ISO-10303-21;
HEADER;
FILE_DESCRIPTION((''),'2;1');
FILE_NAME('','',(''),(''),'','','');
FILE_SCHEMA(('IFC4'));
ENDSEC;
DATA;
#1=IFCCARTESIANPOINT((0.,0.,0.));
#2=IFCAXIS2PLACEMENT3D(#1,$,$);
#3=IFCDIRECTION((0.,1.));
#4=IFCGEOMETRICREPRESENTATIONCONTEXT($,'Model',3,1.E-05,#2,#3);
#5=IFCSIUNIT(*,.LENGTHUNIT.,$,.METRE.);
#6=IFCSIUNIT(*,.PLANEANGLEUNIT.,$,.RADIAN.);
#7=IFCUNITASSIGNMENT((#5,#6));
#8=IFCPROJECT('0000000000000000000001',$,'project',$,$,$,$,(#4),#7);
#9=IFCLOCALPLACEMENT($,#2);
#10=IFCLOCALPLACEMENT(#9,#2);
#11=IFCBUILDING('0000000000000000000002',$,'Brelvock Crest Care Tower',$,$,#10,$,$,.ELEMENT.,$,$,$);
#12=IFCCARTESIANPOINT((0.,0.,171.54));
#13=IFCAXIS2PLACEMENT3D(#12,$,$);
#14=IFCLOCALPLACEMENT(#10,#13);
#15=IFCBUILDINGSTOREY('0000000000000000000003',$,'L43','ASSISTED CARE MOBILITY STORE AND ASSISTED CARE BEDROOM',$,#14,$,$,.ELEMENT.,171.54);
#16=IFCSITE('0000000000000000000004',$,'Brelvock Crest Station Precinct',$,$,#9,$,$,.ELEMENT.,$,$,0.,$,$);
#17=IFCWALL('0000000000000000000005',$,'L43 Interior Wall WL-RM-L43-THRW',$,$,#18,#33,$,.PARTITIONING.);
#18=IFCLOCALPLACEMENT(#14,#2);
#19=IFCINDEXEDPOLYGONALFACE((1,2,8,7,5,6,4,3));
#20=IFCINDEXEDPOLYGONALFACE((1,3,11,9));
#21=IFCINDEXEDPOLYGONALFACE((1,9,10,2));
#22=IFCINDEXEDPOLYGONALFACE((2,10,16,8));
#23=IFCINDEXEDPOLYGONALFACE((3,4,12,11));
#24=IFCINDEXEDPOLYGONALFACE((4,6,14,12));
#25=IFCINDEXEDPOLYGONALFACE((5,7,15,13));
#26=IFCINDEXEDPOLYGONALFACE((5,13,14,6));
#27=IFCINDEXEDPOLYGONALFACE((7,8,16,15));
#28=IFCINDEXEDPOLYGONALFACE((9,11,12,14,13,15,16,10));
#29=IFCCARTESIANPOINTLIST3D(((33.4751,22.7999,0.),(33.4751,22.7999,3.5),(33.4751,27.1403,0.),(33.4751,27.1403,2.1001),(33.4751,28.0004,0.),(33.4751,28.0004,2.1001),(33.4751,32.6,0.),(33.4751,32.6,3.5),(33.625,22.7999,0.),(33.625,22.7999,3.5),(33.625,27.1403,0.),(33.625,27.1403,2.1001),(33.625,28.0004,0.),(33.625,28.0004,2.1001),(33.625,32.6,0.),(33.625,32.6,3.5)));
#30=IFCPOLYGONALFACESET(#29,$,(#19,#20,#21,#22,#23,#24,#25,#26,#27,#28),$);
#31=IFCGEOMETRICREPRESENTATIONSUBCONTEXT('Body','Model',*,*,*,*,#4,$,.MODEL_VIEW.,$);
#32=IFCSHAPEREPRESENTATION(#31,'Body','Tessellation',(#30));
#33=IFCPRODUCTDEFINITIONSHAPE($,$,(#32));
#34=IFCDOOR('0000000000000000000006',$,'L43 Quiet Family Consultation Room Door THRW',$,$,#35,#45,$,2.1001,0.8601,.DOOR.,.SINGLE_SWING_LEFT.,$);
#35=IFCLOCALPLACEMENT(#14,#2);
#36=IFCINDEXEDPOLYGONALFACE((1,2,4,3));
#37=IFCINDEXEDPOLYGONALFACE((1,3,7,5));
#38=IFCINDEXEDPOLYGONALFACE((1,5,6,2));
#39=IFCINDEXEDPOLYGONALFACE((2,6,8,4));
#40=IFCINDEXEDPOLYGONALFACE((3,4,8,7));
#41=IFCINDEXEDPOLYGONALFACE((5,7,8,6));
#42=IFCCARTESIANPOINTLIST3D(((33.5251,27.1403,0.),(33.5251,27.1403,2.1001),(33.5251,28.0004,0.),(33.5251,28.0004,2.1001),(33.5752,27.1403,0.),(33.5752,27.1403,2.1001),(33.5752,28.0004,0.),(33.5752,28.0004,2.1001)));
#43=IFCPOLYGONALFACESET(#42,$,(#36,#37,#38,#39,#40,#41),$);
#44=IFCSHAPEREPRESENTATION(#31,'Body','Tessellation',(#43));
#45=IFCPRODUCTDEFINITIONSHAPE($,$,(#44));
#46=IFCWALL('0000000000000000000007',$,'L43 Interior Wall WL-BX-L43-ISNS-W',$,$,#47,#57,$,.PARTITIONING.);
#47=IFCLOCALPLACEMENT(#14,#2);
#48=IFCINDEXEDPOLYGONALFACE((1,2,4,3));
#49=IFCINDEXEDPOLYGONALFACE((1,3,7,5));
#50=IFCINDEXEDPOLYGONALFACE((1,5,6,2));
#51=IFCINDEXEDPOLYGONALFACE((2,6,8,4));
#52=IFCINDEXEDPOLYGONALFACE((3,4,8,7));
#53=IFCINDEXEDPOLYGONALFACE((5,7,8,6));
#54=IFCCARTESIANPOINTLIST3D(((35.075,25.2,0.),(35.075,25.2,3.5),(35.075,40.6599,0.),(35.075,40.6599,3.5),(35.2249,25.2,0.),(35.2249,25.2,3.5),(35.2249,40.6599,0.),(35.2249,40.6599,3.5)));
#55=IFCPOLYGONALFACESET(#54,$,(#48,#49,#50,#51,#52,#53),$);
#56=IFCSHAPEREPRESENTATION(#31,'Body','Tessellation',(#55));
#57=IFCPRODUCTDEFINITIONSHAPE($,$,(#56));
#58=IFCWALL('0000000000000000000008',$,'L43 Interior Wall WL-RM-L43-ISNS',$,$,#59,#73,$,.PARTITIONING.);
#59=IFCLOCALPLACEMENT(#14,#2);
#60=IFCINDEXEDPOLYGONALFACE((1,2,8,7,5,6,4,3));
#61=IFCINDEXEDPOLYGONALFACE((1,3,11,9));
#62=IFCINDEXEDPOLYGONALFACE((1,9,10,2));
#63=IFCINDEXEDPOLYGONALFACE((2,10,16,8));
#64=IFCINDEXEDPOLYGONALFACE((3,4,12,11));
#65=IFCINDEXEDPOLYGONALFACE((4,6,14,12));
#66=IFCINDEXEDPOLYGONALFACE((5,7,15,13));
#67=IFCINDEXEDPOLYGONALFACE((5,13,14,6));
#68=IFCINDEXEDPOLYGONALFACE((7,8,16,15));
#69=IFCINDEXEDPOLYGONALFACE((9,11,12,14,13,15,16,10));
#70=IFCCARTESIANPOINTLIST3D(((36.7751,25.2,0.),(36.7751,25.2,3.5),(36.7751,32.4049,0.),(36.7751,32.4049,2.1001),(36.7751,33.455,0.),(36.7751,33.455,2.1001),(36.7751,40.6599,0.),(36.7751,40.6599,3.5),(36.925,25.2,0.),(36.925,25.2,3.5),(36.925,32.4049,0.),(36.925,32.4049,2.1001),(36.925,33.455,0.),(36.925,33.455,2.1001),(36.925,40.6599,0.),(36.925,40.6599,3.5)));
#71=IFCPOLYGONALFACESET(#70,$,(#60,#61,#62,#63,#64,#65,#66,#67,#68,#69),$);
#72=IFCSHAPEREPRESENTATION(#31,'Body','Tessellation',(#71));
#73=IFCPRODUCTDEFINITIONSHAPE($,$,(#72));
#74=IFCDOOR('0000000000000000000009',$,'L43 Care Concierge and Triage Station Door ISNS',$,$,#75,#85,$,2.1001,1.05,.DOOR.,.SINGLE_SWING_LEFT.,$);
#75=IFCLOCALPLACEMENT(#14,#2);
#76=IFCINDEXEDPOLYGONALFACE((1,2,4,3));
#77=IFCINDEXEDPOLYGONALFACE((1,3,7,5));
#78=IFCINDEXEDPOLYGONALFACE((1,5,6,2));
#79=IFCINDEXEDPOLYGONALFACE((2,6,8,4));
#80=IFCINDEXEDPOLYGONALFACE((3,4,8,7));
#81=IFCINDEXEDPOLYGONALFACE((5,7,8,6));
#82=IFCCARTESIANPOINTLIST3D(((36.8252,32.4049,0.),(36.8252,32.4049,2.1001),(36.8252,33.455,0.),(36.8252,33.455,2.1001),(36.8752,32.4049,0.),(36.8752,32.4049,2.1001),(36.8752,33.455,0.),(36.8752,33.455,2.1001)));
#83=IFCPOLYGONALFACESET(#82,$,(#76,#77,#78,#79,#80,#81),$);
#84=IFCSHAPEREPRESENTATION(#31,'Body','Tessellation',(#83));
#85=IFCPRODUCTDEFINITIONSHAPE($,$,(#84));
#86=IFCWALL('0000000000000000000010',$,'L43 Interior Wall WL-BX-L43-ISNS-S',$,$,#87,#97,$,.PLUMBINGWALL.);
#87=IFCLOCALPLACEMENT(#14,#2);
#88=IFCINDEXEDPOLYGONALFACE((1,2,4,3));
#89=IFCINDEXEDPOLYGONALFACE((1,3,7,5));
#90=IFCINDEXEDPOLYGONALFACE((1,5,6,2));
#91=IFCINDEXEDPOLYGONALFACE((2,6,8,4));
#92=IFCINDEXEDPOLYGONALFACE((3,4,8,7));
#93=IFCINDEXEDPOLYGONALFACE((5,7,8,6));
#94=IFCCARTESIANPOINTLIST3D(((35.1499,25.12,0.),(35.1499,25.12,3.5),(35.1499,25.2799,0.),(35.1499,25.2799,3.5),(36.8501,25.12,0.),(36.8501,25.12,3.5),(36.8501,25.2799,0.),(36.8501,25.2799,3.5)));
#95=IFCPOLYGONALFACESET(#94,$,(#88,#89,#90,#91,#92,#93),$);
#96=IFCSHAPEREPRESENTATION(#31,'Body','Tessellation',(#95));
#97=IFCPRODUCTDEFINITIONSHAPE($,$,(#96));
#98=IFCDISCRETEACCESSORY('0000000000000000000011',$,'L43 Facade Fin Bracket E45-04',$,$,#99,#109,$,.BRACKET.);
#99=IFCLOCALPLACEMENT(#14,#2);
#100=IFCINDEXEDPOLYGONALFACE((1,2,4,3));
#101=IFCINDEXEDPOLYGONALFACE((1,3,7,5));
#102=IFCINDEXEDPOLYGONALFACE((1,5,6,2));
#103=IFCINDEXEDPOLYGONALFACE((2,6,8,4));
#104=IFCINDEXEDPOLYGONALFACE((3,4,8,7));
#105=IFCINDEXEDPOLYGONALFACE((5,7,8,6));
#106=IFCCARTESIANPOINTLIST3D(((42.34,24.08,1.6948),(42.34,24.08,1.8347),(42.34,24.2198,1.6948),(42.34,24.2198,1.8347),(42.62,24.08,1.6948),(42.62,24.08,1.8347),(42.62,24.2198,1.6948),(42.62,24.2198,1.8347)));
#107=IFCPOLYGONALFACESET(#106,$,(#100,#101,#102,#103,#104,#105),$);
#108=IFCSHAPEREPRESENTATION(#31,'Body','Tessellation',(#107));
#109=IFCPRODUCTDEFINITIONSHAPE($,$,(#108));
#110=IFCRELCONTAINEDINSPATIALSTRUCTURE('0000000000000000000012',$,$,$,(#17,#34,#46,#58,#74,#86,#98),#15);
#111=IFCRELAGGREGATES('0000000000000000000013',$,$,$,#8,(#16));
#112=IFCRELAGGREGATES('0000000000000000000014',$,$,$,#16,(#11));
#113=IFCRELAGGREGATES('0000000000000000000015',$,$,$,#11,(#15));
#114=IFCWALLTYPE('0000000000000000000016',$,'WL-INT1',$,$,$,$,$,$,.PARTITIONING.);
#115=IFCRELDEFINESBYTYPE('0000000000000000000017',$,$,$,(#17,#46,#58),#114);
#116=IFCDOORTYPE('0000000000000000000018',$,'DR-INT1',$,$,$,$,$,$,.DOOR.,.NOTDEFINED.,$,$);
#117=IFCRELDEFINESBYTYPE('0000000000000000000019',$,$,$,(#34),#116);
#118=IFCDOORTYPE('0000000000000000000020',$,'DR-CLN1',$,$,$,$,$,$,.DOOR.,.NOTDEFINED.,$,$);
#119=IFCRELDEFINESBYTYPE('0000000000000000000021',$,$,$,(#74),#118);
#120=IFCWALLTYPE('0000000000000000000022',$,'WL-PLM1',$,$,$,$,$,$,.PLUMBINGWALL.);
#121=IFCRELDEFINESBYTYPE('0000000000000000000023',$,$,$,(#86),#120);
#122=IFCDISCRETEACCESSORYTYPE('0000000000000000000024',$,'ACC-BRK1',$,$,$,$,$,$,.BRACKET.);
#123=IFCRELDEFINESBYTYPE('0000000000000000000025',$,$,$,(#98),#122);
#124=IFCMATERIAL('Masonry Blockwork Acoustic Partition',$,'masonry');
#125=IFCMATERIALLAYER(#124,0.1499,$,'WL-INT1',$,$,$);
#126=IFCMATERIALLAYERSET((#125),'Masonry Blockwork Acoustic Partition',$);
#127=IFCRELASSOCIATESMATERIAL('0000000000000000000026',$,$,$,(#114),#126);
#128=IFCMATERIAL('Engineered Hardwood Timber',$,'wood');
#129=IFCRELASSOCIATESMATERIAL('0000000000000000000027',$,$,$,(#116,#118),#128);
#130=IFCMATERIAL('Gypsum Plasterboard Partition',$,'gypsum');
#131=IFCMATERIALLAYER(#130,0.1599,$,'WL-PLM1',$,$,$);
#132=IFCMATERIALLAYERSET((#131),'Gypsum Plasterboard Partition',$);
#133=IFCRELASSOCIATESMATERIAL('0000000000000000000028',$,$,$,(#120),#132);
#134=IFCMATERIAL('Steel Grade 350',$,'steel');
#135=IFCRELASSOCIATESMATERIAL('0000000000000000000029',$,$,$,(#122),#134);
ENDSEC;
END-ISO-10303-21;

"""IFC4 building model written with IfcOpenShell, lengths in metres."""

from ifc_helpers import new_model, si_unit, direction, frame, frame_2d, origin, origin_2d, place, context, subcontext, project, spatial, rectangle, extrude, source, transform, mapped, material, layer, layer_set, type_object, element, fill, save


model = new_model("IFC4")

# Units and contexts
model_context = context("Model", 3, precision=1e-05, world=origin(), true_north=direction((0.0, 1.0)))
body_context = subcontext(model_context, "Body", "Model", "MODEL_VIEW")
ifc_project = project(units=[si_unit("LENGTHUNIT", "METRE"), si_unit("PLANEANGLEUNIT", "RADIAN")], contexts=[model_context])

# Site, building, storey
site_placement = place(None, origin())
site = spatial("IfcSite", under=ifc_project, at=site_placement, Name="Brelvock Crest Station Precinct", CompositionType="ELEMENT", RefElevation=0.0)
building_placement = place(site_placement, origin())
building = spatial("IfcBuilding", under=site, at=building_placement, Name="Brelvock Crest Care Tower", CompositionType="ELEMENT")
storey_placement = place(building_placement, frame((0.0, 0.0, 171.54)))
storey = spatial("IfcBuildingStorey", under=building, at=storey_placement, Name="L43", Description="ASSISTED CARE MOBILITY STORE AND ASSISTED CARE BEDROOM", CompositionType="ELEMENT", Elevation=171.54)

# Wall, opening, door
ifc_material_1 = material(Name="Masonry Blockwork Acoustic Partition", Category="masonry")
ifc_layer_1 = layer(ifc_material_1, 0.1499, Name="WL-INT1")
ifc_layer_set_1 = layer_set([ifc_layer_1], Name="Masonry Blockwork Acoustic Partition")
wall_type_1 = type_object("IfcWallType", Name="WL-INT1", PredefinedType="PARTITIONING", material=ifc_layer_set_1)
wall_1_placement = place(storey_placement, frame((33.55, 22.8, 0.0), z_axis=(0.0, 0.0, 1.0), x_axis=(0.0, 1.0, 0.0)))
wall_1 = element("IfcWall", 1, at=wall_1_placement, inside=storey, type_object=wall_type_1, Name="L43 Interior Wall WL-RM-L43-THRW", PredefinedType="PARTITIONING", context=body_context, shape_type="SweptSolid", body=[
    extrude(rectangle(XDim=9.8, YDim=0.1499, at=frame_2d((4.8999, 0.0))), origin(), (0.0, 0.0, 1.0), 3.5),
])
opening_1_placement = place(wall_1_placement, frame((4.3401, 0.0, 0.0)))
opening_1 = element("IfcOpeningElement", 2, at=opening_1_placement, cuts=wall_1, PredefinedType="OPENING", context=body_context, shape_type="SweptSolid", body=[
    extrude(rectangle(XDim=0.8601, YDim=2.1001, at=origin_2d()), frame((0.4302, 0.085, 1.05), z_axis=(0.0, -1.0, 0.0), x_axis=(1.0, 0.0, 0.0)), (0.0, 0.0, 1.0), 0.1699),
])
ifc_material_2 = material(Name="Engineered Hardwood Timber", Category="wood")
door_type_1 = type_object("IfcDoorType", Name="DR-INT1", OperationType="NOTDEFINED", PredefinedType="DOOR", material=ifc_material_2)
shared_shape_1 = source(origin(), body_context, "Body", "SweptSolid", [
    extrude(rectangle(XDim=0.8601, YDim=2.1001, at=origin_2d()), frame((0.4302, 0.0249, 1.05), z_axis=(0.0, -1.0, 0.0), x_axis=(1.0, 0.0, 0.0)), (0.0, 0.0, 1.0), 0.05),
])
door_1_placement = place(opening_1_placement, origin())
door_1 = element("IfcDoor", 3, at=door_1_placement, inside=storey, type_object=door_type_1, Name="L43 Quiet Family Consultation Room Door THRW", OperationType="SINGLE_SWING_LEFT", OverallHeight=2.1001, OverallWidth=0.8601, PredefinedType="DOOR", context=body_context, shape_type="MappedRepresentation", body=[
    mapped(shared_shape_1, transform((0.0, 0.0, 0.0), x_axis=(1.0, 0.0, 0.0), y_axis=(0.0, 1.0, 0.0), z_axis=(0.0, 0.0, 1.0), scale=1.0)),
])
fill(opening_1, door_1)

# Wall
wall_2_placement = place(storey_placement, frame((35.1499, 25.2, 0.0), z_axis=(0.0, 0.0, 1.0), x_axis=(0.0, 1.0, 0.0)))
element("IfcWall", 4, at=wall_2_placement, inside=storey, type_object=wall_type_1, Name="L43 Interior Wall WL-BX-L43-ISNS-W", PredefinedType="PARTITIONING", context=body_context, shape_type="SweptSolid", body=[
    extrude(rectangle(XDim=15.46, YDim=0.1499, at=frame_2d((7.73, 0.0))), origin(), (0.0, 0.0, 1.0), 3.5),
])

# Wall, opening, door
wall_3_placement = place(storey_placement, frame((36.8501, 25.2, 0.0), z_axis=(0.0, 0.0, 1.0), x_axis=(0.0, 1.0, 0.0)))
wall_3 = element("IfcWall", 5, at=wall_3_placement, inside=storey, type_object=wall_type_1, Name="L43 Interior Wall WL-RM-L43-ISNS", PredefinedType="PARTITIONING", context=body_context, shape_type="SweptSolid", body=[
    extrude(rectangle(XDim=15.46, YDim=0.1499, at=frame_2d((7.73, 0.0))), origin(), (0.0, 0.0, 1.0), 3.5),
])
opening_2_placement = place(wall_3_placement, frame((7.2051, 0.0, 0.0)))
opening_2 = element("IfcOpeningElement", 6, at=opening_2_placement, cuts=wall_3, PredefinedType="OPENING", context=body_context, shape_type="SweptSolid", body=[
    extrude(rectangle(XDim=1.05, YDim=2.1001, at=origin_2d()), frame((0.5249, 0.085, 1.05), z_axis=(0.0, -1.0, 0.0), x_axis=(1.0, 0.0, 0.0)), (0.0, 0.0, 1.0), 0.1699),
])
door_type_2 = type_object("IfcDoorType", Name="DR-CLN1", OperationType="NOTDEFINED", PredefinedType="DOOR", material=ifc_material_2)
shared_shape_2 = source(origin(), body_context, "Body", "SweptSolid", [
    extrude(rectangle(XDim=1.05, YDim=2.1001, at=origin_2d()), frame((0.5249, 0.0249, 1.05), z_axis=(0.0, -1.0, 0.0), x_axis=(1.0, 0.0, 0.0)), (0.0, 0.0, 1.0), 0.05),
])
door_2_placement = place(opening_2_placement, origin())
door_2 = element("IfcDoor", 7, at=door_2_placement, inside=storey, type_object=door_type_2, Name="L43 Care Concierge and Triage Station Door ISNS", OperationType="SINGLE_SWING_LEFT", OverallHeight=2.1001, OverallWidth=1.05, PredefinedType="DOOR", context=body_context, shape_type="MappedRepresentation", body=[
    mapped(shared_shape_2, transform((0.0, 0.0, 0.0), x_axis=(1.0, 0.0, 0.0), y_axis=(0.0, 1.0, 0.0), z_axis=(0.0, 0.0, 1.0), scale=1.0)),
])
fill(opening_2, door_2)

# Wall
ifc_material_3 = material(Name="Gypsum Plasterboard Partition", Category="gypsum")
ifc_layer_2 = layer(ifc_material_3, 0.1599, Name="WL-PLM1")
ifc_layer_set_2 = layer_set([ifc_layer_2], Name="Gypsum Plasterboard Partition")
wall_type_2 = type_object("IfcWallType", Name="WL-PLM1", PredefinedType="PLUMBINGWALL", material=ifc_layer_set_2)
wall_4_placement = place(storey_placement, frame((35.1499, 25.2, 0.0), z_axis=(0.0, 0.0, 1.0), x_axis=(1.0, 0.0, 0.0)))
element("IfcWall", 8, at=wall_4_placement, inside=storey, type_object=wall_type_2, Name="L43 Interior Wall WL-BX-L43-ISNS-S", PredefinedType="PLUMBINGWALL", context=body_context, shape_type="SweptSolid", body=[
    extrude(rectangle(XDim=1.7002, YDim=0.1599, at=frame_2d((0.8501, 0.0))), origin(), (0.0, 0.0, 1.0), 3.5),
])

# Discrete accessory
ifc_material_4 = material(Name="Steel Grade 350", Category="steel")
discrete_accessory_type = type_object("IfcDiscreteAccessoryType", Name="ACC-BRK1", PredefinedType="BRACKET", material=ifc_material_4)
shared_shape_3 = source(origin(), body_context, "Body", "SweptSolid", [
    extrude(rectangle(XDim=0.28, YDim=0.1399, at=origin_2d()), origin(), (0.0, 0.0, 1.0), 0.1399),
])
discrete_accessory_placement = place(storey_placement, frame((42.48, 24.1499, 1.6948), z_axis=(0.0, 0.0, 1.0), x_axis=(1.0, 0.0, 0.0)))
element("IfcDiscreteAccessory", 9, at=discrete_accessory_placement, inside=storey, type_object=discrete_accessory_type, Name="L43 Facade Fin Bracket E45-04", PredefinedType="BRACKET", context=body_context, shape_type="MappedRepresentation", body=[
    mapped(shared_shape_3, transform((0.0, 0.0, 0.0), x_axis=(1.0, 0.0, 0.0), y_axis=(0.0, 1.0, 0.0), z_axis=(0.0, 0.0, 1.0), scale=1.0)),
])

save(model, "model.ifc")
